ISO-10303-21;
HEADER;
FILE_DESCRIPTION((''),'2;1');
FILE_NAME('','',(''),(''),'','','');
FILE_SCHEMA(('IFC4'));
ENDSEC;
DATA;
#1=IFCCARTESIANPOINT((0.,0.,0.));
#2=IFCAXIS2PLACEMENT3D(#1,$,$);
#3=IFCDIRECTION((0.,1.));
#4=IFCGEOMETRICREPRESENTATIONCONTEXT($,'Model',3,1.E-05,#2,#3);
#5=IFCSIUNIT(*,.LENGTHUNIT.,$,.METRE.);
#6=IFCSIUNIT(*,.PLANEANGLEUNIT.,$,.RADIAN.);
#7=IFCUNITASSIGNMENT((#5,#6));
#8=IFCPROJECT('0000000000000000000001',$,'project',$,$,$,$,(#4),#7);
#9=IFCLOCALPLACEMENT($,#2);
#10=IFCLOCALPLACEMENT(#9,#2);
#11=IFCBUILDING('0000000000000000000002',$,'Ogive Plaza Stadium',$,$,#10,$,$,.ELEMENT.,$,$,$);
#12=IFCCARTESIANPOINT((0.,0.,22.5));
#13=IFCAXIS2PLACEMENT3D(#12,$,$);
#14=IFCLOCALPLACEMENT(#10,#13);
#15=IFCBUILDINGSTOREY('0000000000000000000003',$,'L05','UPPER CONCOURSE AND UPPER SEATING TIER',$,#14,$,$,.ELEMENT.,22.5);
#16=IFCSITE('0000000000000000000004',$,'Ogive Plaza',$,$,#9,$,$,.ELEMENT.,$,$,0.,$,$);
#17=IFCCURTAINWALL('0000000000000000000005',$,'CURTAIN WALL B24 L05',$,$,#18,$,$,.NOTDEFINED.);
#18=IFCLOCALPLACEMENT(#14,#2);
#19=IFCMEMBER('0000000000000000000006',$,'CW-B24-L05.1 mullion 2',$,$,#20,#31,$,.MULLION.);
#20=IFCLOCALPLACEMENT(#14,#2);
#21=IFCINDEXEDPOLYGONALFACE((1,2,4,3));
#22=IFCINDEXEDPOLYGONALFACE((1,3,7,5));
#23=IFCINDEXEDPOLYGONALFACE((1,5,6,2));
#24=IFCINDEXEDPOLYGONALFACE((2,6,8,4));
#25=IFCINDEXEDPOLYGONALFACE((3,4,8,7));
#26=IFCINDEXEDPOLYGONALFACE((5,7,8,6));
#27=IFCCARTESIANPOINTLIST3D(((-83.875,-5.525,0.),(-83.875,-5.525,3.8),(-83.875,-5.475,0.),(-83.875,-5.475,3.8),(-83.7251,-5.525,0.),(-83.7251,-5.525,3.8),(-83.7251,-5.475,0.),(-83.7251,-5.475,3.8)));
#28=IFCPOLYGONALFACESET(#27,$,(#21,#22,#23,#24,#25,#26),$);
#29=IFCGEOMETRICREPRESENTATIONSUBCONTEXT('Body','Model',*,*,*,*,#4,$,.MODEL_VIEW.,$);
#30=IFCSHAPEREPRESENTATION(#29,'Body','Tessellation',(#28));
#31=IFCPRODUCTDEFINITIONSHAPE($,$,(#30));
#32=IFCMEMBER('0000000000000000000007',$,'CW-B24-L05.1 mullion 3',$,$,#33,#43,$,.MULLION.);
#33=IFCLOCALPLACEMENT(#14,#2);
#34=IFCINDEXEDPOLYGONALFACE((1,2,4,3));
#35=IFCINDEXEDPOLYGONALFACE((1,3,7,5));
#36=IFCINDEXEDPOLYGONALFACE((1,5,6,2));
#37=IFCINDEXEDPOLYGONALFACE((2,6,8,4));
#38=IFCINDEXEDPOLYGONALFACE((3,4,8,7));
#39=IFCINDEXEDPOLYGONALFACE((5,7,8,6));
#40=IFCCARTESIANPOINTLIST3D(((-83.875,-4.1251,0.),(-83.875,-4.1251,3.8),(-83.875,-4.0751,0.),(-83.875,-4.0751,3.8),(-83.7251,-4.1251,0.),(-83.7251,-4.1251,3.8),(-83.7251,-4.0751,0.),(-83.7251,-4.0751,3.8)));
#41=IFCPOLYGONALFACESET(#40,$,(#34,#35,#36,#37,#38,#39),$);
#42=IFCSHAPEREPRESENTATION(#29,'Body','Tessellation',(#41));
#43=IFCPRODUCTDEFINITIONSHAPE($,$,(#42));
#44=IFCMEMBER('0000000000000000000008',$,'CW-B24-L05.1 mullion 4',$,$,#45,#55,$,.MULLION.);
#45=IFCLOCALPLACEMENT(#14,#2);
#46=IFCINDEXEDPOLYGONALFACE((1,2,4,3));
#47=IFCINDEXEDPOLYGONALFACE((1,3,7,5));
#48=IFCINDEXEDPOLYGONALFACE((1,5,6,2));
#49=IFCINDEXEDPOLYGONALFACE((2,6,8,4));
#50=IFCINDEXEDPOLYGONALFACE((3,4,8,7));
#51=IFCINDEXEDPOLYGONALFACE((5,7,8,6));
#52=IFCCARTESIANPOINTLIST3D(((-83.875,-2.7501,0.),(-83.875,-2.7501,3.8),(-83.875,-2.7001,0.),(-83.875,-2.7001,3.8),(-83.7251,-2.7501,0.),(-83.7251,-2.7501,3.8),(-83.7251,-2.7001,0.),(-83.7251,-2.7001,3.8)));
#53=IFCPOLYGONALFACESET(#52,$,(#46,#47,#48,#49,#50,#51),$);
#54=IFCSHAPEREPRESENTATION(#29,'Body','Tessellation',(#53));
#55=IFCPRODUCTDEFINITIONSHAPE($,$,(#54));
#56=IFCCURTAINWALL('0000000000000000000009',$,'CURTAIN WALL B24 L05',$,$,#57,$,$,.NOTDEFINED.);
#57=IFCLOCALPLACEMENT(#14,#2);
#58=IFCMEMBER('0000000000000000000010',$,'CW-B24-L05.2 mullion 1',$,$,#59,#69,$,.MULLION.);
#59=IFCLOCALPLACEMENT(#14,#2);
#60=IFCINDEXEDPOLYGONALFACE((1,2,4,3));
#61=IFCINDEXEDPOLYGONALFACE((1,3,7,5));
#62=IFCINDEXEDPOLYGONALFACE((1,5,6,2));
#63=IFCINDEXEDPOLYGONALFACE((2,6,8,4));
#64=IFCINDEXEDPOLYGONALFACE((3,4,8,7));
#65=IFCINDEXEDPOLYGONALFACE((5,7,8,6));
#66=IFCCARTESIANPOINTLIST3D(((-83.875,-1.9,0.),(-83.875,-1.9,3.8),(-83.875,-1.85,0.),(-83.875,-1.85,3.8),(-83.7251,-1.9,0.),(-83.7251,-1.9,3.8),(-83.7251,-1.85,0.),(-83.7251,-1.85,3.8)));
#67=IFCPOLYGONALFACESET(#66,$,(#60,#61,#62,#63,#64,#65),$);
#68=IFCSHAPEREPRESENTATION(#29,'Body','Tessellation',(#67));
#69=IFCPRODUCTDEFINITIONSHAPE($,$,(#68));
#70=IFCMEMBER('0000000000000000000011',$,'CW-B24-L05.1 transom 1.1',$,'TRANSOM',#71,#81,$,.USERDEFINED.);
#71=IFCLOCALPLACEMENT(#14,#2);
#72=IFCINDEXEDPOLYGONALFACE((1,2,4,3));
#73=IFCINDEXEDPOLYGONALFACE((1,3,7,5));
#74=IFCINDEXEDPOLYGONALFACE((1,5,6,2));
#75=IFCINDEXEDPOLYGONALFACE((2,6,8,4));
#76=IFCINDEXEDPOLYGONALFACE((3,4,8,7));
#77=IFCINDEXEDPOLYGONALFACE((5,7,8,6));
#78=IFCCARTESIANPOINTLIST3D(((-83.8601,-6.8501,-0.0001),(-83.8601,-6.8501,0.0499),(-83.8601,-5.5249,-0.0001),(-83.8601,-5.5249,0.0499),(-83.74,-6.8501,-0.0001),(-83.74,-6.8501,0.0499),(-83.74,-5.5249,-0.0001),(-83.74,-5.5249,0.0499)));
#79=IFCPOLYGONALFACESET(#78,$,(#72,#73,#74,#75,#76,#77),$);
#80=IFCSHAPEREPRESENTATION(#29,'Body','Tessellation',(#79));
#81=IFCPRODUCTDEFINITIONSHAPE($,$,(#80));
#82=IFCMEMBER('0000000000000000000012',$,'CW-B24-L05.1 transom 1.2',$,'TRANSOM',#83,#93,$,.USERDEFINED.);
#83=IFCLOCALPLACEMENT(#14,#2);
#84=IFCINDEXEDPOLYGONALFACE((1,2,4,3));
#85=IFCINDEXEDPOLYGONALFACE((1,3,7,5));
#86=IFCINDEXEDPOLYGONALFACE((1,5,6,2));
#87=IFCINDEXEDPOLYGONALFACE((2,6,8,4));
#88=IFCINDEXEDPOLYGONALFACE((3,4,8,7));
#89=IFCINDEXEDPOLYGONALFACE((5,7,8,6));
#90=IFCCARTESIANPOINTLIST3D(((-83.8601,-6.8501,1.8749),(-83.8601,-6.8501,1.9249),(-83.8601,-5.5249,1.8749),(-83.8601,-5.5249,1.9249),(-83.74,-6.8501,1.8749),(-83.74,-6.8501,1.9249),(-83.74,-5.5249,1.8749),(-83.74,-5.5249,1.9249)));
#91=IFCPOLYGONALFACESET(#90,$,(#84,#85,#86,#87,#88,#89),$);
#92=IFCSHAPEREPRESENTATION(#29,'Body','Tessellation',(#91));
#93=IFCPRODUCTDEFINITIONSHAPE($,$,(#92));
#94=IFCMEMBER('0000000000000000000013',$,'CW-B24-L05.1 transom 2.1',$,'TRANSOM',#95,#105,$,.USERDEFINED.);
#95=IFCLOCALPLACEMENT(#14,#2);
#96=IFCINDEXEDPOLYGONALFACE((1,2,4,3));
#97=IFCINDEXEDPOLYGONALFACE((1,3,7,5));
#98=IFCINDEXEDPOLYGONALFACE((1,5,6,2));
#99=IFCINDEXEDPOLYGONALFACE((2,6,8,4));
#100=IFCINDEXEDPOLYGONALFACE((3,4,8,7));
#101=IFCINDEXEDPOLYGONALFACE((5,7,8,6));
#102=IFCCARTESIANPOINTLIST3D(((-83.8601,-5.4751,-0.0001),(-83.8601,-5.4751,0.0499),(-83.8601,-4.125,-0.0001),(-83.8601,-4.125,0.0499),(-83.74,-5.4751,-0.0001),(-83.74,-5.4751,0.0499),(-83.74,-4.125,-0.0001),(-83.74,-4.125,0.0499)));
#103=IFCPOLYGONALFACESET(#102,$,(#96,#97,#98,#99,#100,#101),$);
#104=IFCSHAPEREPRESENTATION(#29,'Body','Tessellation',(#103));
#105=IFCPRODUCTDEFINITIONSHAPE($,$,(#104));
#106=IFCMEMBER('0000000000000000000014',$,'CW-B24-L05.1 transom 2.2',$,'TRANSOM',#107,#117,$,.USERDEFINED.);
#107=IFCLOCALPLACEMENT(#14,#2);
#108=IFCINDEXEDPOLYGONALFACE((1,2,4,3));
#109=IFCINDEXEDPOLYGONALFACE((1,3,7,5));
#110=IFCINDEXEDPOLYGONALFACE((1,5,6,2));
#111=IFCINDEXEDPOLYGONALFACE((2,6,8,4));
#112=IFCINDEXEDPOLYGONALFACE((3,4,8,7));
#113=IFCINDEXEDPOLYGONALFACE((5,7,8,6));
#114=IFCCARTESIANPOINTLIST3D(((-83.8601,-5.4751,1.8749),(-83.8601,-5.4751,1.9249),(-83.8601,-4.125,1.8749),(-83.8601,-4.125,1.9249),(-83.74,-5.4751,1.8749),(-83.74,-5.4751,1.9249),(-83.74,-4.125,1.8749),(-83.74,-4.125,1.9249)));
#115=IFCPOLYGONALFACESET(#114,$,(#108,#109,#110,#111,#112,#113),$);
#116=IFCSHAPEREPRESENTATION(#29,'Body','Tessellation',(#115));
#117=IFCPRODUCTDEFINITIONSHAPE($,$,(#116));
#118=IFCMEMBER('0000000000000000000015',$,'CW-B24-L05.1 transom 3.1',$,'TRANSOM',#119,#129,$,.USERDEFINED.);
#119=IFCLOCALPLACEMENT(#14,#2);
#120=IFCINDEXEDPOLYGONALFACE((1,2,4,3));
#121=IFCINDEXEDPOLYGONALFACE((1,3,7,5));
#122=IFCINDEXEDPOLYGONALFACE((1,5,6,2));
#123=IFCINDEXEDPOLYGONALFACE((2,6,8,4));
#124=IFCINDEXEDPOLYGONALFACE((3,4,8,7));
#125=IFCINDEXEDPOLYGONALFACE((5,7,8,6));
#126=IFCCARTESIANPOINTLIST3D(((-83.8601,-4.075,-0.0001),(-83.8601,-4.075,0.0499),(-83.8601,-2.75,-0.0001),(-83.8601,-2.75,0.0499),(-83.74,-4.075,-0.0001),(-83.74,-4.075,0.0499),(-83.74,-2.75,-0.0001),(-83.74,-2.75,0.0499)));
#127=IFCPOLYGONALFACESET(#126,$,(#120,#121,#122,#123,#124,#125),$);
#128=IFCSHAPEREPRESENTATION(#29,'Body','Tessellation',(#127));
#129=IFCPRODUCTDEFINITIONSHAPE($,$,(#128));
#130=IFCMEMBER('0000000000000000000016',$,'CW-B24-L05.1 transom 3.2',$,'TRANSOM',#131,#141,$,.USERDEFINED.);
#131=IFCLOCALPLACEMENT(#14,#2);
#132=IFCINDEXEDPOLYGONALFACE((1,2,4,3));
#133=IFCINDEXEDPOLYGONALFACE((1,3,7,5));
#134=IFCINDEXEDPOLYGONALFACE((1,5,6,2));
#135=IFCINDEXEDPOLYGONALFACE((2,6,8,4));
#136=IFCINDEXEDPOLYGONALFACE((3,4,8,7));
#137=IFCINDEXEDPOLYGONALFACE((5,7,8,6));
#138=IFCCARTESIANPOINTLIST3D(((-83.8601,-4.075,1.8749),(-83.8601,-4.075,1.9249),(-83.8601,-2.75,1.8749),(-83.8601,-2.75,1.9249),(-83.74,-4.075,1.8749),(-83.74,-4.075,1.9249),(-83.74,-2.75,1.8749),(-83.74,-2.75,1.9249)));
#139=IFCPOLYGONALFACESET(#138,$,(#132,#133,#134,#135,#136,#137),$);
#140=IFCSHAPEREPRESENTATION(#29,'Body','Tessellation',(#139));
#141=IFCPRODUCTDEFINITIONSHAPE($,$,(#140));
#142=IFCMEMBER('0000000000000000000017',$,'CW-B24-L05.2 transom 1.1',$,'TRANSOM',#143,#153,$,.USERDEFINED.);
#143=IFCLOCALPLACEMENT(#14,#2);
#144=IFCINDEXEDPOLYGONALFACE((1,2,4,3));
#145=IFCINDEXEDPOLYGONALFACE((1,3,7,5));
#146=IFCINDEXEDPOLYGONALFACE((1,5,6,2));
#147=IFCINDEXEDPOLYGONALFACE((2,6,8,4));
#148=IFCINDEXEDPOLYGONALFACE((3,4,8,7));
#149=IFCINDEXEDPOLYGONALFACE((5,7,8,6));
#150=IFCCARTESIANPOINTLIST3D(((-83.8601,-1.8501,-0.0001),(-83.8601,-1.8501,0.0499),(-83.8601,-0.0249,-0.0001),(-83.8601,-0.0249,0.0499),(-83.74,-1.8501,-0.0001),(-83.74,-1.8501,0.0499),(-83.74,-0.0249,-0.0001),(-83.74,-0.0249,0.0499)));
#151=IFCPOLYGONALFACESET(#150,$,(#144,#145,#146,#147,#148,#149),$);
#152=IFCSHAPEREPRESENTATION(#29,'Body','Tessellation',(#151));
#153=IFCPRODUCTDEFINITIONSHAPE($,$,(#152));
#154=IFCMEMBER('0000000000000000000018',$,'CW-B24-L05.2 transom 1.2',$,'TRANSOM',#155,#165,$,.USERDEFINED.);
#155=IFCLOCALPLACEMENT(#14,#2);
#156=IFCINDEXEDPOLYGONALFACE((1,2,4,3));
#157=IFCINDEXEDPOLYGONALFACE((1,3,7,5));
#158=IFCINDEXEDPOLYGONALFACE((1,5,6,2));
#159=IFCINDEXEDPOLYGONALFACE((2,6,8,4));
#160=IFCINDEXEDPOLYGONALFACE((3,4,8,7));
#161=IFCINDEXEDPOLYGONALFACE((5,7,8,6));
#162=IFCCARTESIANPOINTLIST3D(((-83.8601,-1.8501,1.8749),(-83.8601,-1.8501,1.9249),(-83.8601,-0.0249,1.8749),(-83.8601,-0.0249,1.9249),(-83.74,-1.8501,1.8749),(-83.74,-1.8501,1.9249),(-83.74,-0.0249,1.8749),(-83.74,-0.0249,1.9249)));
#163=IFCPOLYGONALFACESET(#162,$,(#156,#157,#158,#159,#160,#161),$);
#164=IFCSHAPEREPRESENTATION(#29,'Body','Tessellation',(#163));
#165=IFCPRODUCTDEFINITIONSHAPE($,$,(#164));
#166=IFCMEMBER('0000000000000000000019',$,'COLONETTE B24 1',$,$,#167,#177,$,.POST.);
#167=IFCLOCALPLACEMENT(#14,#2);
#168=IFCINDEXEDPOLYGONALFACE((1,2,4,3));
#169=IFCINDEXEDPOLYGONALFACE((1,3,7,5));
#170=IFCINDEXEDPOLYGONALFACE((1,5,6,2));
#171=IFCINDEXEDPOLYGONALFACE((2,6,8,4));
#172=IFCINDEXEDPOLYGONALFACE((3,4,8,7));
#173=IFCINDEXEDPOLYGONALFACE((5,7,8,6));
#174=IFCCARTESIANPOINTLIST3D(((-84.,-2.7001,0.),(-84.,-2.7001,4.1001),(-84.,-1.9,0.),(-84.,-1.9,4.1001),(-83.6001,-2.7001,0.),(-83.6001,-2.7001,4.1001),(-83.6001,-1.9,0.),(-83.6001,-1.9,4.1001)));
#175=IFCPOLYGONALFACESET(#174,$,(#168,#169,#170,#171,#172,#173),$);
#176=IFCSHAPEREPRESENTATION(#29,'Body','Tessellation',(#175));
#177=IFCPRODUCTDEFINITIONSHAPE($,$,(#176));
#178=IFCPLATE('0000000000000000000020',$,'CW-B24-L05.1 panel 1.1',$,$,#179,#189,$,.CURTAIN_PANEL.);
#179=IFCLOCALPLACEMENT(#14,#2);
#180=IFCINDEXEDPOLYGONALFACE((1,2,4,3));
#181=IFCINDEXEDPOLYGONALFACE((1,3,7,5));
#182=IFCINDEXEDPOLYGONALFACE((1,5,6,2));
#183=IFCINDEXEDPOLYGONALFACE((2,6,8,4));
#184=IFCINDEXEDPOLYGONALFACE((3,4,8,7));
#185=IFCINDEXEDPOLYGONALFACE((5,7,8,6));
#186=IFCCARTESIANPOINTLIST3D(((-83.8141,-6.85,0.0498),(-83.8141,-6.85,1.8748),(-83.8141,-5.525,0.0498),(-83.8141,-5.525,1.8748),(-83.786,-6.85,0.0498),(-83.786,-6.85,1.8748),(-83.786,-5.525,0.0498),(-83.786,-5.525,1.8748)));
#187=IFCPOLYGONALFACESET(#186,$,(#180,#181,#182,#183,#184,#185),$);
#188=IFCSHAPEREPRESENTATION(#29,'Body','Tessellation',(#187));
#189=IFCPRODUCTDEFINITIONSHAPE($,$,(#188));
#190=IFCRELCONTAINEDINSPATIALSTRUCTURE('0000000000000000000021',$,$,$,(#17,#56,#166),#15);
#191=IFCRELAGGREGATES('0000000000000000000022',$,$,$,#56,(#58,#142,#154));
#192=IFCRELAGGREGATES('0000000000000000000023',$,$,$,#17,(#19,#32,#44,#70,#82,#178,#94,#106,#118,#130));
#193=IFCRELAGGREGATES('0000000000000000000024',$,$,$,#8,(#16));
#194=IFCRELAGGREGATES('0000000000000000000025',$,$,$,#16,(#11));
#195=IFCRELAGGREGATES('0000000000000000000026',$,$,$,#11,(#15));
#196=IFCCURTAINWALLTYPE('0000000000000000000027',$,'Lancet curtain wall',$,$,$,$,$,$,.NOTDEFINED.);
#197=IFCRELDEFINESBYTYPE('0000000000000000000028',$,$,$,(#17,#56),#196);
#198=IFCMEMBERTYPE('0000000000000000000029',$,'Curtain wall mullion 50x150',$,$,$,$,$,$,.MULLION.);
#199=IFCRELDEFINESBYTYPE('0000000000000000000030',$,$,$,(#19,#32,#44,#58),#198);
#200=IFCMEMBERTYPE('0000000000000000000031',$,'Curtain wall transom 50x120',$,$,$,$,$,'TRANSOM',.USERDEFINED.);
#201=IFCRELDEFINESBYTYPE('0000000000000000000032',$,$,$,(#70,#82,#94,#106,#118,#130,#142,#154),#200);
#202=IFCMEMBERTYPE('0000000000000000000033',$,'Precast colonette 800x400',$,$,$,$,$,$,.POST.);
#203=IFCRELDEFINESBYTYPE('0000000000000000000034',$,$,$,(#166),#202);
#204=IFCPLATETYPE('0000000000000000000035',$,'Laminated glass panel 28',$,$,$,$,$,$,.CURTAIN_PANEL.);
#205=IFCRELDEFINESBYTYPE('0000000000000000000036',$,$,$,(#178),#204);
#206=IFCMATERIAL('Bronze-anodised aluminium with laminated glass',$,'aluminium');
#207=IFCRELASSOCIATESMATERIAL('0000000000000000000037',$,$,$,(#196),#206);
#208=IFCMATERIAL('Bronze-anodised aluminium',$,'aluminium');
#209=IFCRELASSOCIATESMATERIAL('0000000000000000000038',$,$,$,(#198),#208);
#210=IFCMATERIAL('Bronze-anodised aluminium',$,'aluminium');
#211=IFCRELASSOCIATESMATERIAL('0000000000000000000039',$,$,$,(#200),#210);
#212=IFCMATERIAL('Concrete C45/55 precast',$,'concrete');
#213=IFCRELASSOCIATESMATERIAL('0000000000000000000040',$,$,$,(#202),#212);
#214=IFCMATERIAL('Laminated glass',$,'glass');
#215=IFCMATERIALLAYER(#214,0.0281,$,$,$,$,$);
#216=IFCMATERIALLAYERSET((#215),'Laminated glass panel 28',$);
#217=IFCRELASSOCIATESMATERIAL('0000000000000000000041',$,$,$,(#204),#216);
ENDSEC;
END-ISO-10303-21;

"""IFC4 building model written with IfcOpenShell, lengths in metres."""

from ifc_helpers import new_model, si_unit, direction, frame, origin, origin_2d, place, context, subcontext, project, spatial, rectangle, extrude, material, layer, layer_set, material_profile, profile_set, type_object, element, aggregate, save


model = new_model("IFC4")

# Units and contexts
model_context = context("Model", 3, precision=1e-05, world=origin(), true_north=direction((0.0, 1.0)))
body_context = subcontext(model_context, "Body", "Model", "MODEL_VIEW")
ifc_project = project(units=[si_unit("LENGTHUNIT", "METRE"), si_unit("PLANEANGLEUNIT", "RADIAN")], contexts=[model_context])

# Site, building, storey
site_placement = place(None, origin())
site = spatial("IfcSite", under=ifc_project, at=site_placement, Name="Ogive Plaza", CompositionType="ELEMENT", RefElevation=0.0)
building_placement = place(site_placement, origin())
building = spatial("IfcBuilding", under=site, at=building_placement, Name="Ogive Plaza Stadium", CompositionType="ELEMENT")
storey_placement = place(building_placement, frame((0.0, 0.0, 22.5)))
storey = spatial("IfcBuildingStorey", under=building, at=storey_placement, Name="L05", Description="UPPER CONCOURSE AND UPPER SEATING TIER", CompositionType="ELEMENT", Elevation=22.5)

# Curtain wall, members
ifc_material_1 = material(Name="Bronze-anodised aluminium with laminated glass", Category="aluminium")
curtain_wall_type = type_object("IfcCurtainWallType", Name="Lancet curtain wall", PredefinedType="NOTDEFINED", material=ifc_material_1)
curtain_wall_1_placement = place(storey_placement, origin())
curtain_wall_1 = element("IfcCurtainWall", 1, at=curtain_wall_1_placement, inside=storey, type_object=curtain_wall_type, Name="CURTAIN WALL B24 L05", PredefinedType="NOTDEFINED")
ifc_material_2 = material(Name="Bronze-anodised aluminium", Category="aluminium")
ifc_material_profile_1 = material_profile(ifc_material_2, rectangle(XDim=0.1499, YDim=0.05, at=origin_2d()), Name="AL 150x50")
ifc_profile_set_1 = profile_set([ifc_material_profile_1], Name="Bronze-anodised aluminium")
member_type_1 = type_object("IfcMemberType", Name="Curtain wall mullion 50x150", PredefinedType="MULLION", material=ifc_profile_set_1)
member_1_placement = place(storey_placement, frame((-83.8, -5.5, 0.0), z_axis=(0.0, 0.0, 1.0), x_axis=(-1.0, 0.0, 0.0)))
member_1 = element("IfcMember", 2, at=member_1_placement, type_object=member_type_1, Name="CW-B24-L05.1 mullion 2", PredefinedType="MULLION", context=body_context, shape_type="SweptSolid", body=[
    extrude(rectangle(XDim=0.1499, YDim=0.05, at=origin_2d()), origin(), (0.0, 0.0, 1.0), 3.8),
])
member_2_placement = place(storey_placement, frame((-83.8, -4.1001, 0.0), z_axis=(0.0, 0.0, 1.0), x_axis=(-1.0, 0.0, 0.0)))
member_2 = element("IfcMember", 3, at=member_2_placement, type_object=member_type_1, Name="CW-B24-L05.1 mullion 3", PredefinedType="MULLION", context=body_context, shape_type="SweptSolid", body=[
    extrude(rectangle(XDim=0.1499, YDim=0.05, at=origin_2d()), origin(), (0.0, 0.0, 1.0), 3.8),
])
member_3_placement = place(storey_placement, frame((-83.8, -2.7251, 0.0), z_axis=(0.0, 0.0, 1.0), x_axis=(-1.0, 0.0, 0.0)))
member_3 = element("IfcMember", 4, at=member_3_placement, type_object=member_type_1, Name="CW-B24-L05.1 mullion 4", PredefinedType="MULLION", context=body_context, shape_type="SweptSolid", body=[
    extrude(rectangle(XDim=0.1499, YDim=0.05, at=origin_2d()), origin(), (0.0, 0.0, 1.0), 3.8),
])

# Curtain wall, member
curtain_wall_2_placement = place(storey_placement, origin())
curtain_wall_2 = element("IfcCurtainWall", 5, at=curtain_wall_2_placement, inside=storey, type_object=curtain_wall_type, Name="CURTAIN WALL B24 L05", PredefinedType="NOTDEFINED")
member_4_placement = place(storey_placement, frame((-83.8, -1.875, 0.0), z_axis=(0.0, 0.0, 1.0), x_axis=(-1.0, 0.0, 0.0)))
member_4 = element("IfcMember", 6, at=member_4_placement, type_object=member_type_1, Name="CW-B24-L05.2 mullion 1", PredefinedType="MULLION", context=body_context, shape_type="SweptSolid", body=[
    extrude(rectangle(XDim=0.1499, YDim=0.05, at=origin_2d()), origin(), (0.0, 0.0, 1.0), 3.8),
])

# Members
ifc_material_3 = material(Name="Bronze-anodised aluminium", Category="aluminium")
ifc_material_profile_2 = material_profile(ifc_material_3, rectangle(XDim=0.1201, YDim=0.05, at=origin_2d()), Name="AL 120x50")
ifc_profile_set_2 = profile_set([ifc_material_profile_2], Name="Bronze-anodised aluminium")
member_type_2 = type_object("IfcMemberType", Name="Curtain wall transom 50x120", ElementType="TRANSOM", PredefinedType="USERDEFINED", material=ifc_profile_set_2)
member_5_placement = place(storey_placement, frame((-83.8, -6.8501, 0.0249), z_axis=(0.0, 1.0, 0.0), x_axis=(-1.0, 0.0, 0.0)))
member_5 = element("IfcMember", 7, at=member_5_placement, type_object=member_type_2, Name="CW-B24-L05.1 transom 1.1", ObjectType="TRANSOM", PredefinedType="USERDEFINED", context=body_context, shape_type="SweptSolid", body=[
    extrude(rectangle(XDim=0.1201, YDim=0.05, at=origin_2d()), origin(), (0.0, 0.0, 1.0), 1.3252),
])
member_6_placement = place(storey_placement, frame((-83.8, -6.8501, 1.8999), z_axis=(0.0, 1.0, 0.0), x_axis=(-1.0, 0.0, 0.0)))
member_6 = element("IfcMember", 8, at=member_6_placement, type_object=member_type_2, Name="CW-B24-L05.1 transom 1.2", ObjectType="TRANSOM", PredefinedType="USERDEFINED", context=body_context, shape_type="SweptSolid", body=[
    extrude(rectangle(XDim=0.1201, YDim=0.05, at=origin_2d()), origin(), (0.0, 0.0, 1.0), 1.3252),
])
member_7_placement = place(storey_placement, frame((-83.8, -5.4751, 0.0249), z_axis=(0.0, 1.0, 0.0), x_axis=(-1.0, 0.0, 0.0)))
member_7 = element("IfcMember", 9, at=member_7_placement, type_object=member_type_2, Name="CW-B24-L05.1 transom 2.1", ObjectType="TRANSOM", PredefinedType="USERDEFINED", context=body_context, shape_type="SweptSolid", body=[
    extrude(rectangle(XDim=0.1201, YDim=0.05, at=origin_2d()), origin(), (0.0, 0.0, 1.0), 1.3501),
])
member_8_placement = place(storey_placement, frame((-83.8, -5.4751, 1.8999), z_axis=(0.0, 1.0, 0.0), x_axis=(-1.0, 0.0, 0.0)))
member_8 = element("IfcMember", 10, at=member_8_placement, type_object=member_type_2, Name="CW-B24-L05.1 transom 2.2", ObjectType="TRANSOM", PredefinedType="USERDEFINED", context=body_context, shape_type="SweptSolid", body=[
    extrude(rectangle(XDim=0.1201, YDim=0.05, at=origin_2d()), origin(), (0.0, 0.0, 1.0), 1.3501),
])
member_9_placement = place(storey_placement, frame((-83.8, -4.075, 0.0249), z_axis=(0.0, 1.0, 0.0), x_axis=(-1.0, 0.0, 0.0)))
member_9 = element("IfcMember", 11, at=member_9_placement, type_object=member_type_2, Name="CW-B24-L05.1 transom 3.1", ObjectType="TRANSOM", PredefinedType="USERDEFINED", context=body_context, shape_type="SweptSolid", body=[
    extrude(rectangle(XDim=0.1201, YDim=0.05, at=origin_2d()), origin(), (0.0, 0.0, 1.0), 1.325),
])
member_10_placement = place(storey_placement, frame((-83.8, -4.075, 1.8999), z_axis=(0.0, 1.0, 0.0), x_axis=(-1.0, 0.0, 0.0)))
member_10 = element("IfcMember", 12, at=member_10_placement, type_object=member_type_2, Name="CW-B24-L05.1 transom 3.2", ObjectType="TRANSOM", PredefinedType="USERDEFINED", context=body_context, shape_type="SweptSolid", body=[
    extrude(rectangle(XDim=0.1201, YDim=0.05, at=origin_2d()), origin(), (0.0, 0.0, 1.0), 1.325),
])
member_11_placement = place(storey_placement, frame((-83.8, -1.8501, 0.0249), z_axis=(0.0, 1.0, 0.0), x_axis=(-1.0, 0.0, 0.0)))
member_11 = element("IfcMember", 13, at=member_11_placement, type_object=member_type_2, Name="CW-B24-L05.2 transom 1.1", ObjectType="TRANSOM", PredefinedType="USERDEFINED", context=body_context, shape_type="SweptSolid", body=[
    extrude(rectangle(XDim=0.1201, YDim=0.05, at=origin_2d()), origin(), (0.0, 0.0, 1.0), 1.8252),
])
member_12_placement = place(storey_placement, frame((-83.8, -1.8501, 1.8999), z_axis=(0.0, 1.0, 0.0), x_axis=(-1.0, 0.0, 0.0)))
member_12 = element("IfcMember", 14, at=member_12_placement, type_object=member_type_2, Name="CW-B24-L05.2 transom 1.2", ObjectType="TRANSOM", PredefinedType="USERDEFINED", context=body_context, shape_type="SweptSolid", body=[
    extrude(rectangle(XDim=0.1201, YDim=0.05, at=origin_2d()), origin(), (0.0, 0.0, 1.0), 1.8252),
])
aggregate(curtain_wall_2, [member_4, member_11, member_12])
ifc_material_4 = material(Name="Concrete C45/55 precast", Category="concrete")
ifc_material_profile_3 = material_profile(ifc_material_4, rectangle(XDim=0.3999, YDim=0.8, at=origin_2d()), Name="RC 400x800")
ifc_profile_set_3 = profile_set([ifc_material_profile_3], Name="Concrete C45/55 precast")
member_type_3 = type_object("IfcMemberType", Name="Precast colonette 800x400", PredefinedType="POST", material=ifc_profile_set_3)
member_13_placement = place(storey_placement, frame((-83.8, -2.3, 0.0), z_axis=(0.0, 0.0, 1.0), x_axis=(-1.0, 0.0, 0.0)))
element("IfcMember", 15, at=member_13_placement, inside=storey, type_object=member_type_3, Name="COLONETTE B24 1", PredefinedType="POST", context=body_context, shape_type="SweptSolid", body=[
    extrude(rectangle(XDim=0.3999, YDim=0.8, at=origin_2d()), origin(), (0.0, 0.0, 1.0), 4.1001),
])

# Plate
ifc_material_5 = material(Name="Laminated glass", Category="glass")
ifc_layer = layer(ifc_material_5, 0.0281)
ifc_layer_set = layer_set([ifc_layer], Name="Laminated glass panel 28")
plate_type = type_object("IfcPlateType", Name="Laminated glass panel 28", PredefinedType="CURTAIN_PANEL", material=ifc_layer_set)
plate_1_placement = place(storey_placement, frame((-83.8, -6.1875, 0.0498), z_axis=(0.0, 0.0, 1.0), x_axis=(0.0, 1.0, 0.0)))
plate_1 = element("IfcPlate", 16, at=plate_1_placement, type_object=plate_type, Name="CW-B24-L05.1 panel 1.1", PredefinedType="CURTAIN_PANEL", context=body_context, shape_type="SweptSolid", body=[
    extrude(rectangle(XDim=1.325, YDim=0.0281, at=origin_2d()), origin(), (0.0, 0.0, 1.0), 1.825),
])
aggregate(curtain_wall_1, [member_1, member_2, member_3, member_5, member_6, plate_1, member_7, member_8, member_9, member_10])

save(model, "model.ifc")
